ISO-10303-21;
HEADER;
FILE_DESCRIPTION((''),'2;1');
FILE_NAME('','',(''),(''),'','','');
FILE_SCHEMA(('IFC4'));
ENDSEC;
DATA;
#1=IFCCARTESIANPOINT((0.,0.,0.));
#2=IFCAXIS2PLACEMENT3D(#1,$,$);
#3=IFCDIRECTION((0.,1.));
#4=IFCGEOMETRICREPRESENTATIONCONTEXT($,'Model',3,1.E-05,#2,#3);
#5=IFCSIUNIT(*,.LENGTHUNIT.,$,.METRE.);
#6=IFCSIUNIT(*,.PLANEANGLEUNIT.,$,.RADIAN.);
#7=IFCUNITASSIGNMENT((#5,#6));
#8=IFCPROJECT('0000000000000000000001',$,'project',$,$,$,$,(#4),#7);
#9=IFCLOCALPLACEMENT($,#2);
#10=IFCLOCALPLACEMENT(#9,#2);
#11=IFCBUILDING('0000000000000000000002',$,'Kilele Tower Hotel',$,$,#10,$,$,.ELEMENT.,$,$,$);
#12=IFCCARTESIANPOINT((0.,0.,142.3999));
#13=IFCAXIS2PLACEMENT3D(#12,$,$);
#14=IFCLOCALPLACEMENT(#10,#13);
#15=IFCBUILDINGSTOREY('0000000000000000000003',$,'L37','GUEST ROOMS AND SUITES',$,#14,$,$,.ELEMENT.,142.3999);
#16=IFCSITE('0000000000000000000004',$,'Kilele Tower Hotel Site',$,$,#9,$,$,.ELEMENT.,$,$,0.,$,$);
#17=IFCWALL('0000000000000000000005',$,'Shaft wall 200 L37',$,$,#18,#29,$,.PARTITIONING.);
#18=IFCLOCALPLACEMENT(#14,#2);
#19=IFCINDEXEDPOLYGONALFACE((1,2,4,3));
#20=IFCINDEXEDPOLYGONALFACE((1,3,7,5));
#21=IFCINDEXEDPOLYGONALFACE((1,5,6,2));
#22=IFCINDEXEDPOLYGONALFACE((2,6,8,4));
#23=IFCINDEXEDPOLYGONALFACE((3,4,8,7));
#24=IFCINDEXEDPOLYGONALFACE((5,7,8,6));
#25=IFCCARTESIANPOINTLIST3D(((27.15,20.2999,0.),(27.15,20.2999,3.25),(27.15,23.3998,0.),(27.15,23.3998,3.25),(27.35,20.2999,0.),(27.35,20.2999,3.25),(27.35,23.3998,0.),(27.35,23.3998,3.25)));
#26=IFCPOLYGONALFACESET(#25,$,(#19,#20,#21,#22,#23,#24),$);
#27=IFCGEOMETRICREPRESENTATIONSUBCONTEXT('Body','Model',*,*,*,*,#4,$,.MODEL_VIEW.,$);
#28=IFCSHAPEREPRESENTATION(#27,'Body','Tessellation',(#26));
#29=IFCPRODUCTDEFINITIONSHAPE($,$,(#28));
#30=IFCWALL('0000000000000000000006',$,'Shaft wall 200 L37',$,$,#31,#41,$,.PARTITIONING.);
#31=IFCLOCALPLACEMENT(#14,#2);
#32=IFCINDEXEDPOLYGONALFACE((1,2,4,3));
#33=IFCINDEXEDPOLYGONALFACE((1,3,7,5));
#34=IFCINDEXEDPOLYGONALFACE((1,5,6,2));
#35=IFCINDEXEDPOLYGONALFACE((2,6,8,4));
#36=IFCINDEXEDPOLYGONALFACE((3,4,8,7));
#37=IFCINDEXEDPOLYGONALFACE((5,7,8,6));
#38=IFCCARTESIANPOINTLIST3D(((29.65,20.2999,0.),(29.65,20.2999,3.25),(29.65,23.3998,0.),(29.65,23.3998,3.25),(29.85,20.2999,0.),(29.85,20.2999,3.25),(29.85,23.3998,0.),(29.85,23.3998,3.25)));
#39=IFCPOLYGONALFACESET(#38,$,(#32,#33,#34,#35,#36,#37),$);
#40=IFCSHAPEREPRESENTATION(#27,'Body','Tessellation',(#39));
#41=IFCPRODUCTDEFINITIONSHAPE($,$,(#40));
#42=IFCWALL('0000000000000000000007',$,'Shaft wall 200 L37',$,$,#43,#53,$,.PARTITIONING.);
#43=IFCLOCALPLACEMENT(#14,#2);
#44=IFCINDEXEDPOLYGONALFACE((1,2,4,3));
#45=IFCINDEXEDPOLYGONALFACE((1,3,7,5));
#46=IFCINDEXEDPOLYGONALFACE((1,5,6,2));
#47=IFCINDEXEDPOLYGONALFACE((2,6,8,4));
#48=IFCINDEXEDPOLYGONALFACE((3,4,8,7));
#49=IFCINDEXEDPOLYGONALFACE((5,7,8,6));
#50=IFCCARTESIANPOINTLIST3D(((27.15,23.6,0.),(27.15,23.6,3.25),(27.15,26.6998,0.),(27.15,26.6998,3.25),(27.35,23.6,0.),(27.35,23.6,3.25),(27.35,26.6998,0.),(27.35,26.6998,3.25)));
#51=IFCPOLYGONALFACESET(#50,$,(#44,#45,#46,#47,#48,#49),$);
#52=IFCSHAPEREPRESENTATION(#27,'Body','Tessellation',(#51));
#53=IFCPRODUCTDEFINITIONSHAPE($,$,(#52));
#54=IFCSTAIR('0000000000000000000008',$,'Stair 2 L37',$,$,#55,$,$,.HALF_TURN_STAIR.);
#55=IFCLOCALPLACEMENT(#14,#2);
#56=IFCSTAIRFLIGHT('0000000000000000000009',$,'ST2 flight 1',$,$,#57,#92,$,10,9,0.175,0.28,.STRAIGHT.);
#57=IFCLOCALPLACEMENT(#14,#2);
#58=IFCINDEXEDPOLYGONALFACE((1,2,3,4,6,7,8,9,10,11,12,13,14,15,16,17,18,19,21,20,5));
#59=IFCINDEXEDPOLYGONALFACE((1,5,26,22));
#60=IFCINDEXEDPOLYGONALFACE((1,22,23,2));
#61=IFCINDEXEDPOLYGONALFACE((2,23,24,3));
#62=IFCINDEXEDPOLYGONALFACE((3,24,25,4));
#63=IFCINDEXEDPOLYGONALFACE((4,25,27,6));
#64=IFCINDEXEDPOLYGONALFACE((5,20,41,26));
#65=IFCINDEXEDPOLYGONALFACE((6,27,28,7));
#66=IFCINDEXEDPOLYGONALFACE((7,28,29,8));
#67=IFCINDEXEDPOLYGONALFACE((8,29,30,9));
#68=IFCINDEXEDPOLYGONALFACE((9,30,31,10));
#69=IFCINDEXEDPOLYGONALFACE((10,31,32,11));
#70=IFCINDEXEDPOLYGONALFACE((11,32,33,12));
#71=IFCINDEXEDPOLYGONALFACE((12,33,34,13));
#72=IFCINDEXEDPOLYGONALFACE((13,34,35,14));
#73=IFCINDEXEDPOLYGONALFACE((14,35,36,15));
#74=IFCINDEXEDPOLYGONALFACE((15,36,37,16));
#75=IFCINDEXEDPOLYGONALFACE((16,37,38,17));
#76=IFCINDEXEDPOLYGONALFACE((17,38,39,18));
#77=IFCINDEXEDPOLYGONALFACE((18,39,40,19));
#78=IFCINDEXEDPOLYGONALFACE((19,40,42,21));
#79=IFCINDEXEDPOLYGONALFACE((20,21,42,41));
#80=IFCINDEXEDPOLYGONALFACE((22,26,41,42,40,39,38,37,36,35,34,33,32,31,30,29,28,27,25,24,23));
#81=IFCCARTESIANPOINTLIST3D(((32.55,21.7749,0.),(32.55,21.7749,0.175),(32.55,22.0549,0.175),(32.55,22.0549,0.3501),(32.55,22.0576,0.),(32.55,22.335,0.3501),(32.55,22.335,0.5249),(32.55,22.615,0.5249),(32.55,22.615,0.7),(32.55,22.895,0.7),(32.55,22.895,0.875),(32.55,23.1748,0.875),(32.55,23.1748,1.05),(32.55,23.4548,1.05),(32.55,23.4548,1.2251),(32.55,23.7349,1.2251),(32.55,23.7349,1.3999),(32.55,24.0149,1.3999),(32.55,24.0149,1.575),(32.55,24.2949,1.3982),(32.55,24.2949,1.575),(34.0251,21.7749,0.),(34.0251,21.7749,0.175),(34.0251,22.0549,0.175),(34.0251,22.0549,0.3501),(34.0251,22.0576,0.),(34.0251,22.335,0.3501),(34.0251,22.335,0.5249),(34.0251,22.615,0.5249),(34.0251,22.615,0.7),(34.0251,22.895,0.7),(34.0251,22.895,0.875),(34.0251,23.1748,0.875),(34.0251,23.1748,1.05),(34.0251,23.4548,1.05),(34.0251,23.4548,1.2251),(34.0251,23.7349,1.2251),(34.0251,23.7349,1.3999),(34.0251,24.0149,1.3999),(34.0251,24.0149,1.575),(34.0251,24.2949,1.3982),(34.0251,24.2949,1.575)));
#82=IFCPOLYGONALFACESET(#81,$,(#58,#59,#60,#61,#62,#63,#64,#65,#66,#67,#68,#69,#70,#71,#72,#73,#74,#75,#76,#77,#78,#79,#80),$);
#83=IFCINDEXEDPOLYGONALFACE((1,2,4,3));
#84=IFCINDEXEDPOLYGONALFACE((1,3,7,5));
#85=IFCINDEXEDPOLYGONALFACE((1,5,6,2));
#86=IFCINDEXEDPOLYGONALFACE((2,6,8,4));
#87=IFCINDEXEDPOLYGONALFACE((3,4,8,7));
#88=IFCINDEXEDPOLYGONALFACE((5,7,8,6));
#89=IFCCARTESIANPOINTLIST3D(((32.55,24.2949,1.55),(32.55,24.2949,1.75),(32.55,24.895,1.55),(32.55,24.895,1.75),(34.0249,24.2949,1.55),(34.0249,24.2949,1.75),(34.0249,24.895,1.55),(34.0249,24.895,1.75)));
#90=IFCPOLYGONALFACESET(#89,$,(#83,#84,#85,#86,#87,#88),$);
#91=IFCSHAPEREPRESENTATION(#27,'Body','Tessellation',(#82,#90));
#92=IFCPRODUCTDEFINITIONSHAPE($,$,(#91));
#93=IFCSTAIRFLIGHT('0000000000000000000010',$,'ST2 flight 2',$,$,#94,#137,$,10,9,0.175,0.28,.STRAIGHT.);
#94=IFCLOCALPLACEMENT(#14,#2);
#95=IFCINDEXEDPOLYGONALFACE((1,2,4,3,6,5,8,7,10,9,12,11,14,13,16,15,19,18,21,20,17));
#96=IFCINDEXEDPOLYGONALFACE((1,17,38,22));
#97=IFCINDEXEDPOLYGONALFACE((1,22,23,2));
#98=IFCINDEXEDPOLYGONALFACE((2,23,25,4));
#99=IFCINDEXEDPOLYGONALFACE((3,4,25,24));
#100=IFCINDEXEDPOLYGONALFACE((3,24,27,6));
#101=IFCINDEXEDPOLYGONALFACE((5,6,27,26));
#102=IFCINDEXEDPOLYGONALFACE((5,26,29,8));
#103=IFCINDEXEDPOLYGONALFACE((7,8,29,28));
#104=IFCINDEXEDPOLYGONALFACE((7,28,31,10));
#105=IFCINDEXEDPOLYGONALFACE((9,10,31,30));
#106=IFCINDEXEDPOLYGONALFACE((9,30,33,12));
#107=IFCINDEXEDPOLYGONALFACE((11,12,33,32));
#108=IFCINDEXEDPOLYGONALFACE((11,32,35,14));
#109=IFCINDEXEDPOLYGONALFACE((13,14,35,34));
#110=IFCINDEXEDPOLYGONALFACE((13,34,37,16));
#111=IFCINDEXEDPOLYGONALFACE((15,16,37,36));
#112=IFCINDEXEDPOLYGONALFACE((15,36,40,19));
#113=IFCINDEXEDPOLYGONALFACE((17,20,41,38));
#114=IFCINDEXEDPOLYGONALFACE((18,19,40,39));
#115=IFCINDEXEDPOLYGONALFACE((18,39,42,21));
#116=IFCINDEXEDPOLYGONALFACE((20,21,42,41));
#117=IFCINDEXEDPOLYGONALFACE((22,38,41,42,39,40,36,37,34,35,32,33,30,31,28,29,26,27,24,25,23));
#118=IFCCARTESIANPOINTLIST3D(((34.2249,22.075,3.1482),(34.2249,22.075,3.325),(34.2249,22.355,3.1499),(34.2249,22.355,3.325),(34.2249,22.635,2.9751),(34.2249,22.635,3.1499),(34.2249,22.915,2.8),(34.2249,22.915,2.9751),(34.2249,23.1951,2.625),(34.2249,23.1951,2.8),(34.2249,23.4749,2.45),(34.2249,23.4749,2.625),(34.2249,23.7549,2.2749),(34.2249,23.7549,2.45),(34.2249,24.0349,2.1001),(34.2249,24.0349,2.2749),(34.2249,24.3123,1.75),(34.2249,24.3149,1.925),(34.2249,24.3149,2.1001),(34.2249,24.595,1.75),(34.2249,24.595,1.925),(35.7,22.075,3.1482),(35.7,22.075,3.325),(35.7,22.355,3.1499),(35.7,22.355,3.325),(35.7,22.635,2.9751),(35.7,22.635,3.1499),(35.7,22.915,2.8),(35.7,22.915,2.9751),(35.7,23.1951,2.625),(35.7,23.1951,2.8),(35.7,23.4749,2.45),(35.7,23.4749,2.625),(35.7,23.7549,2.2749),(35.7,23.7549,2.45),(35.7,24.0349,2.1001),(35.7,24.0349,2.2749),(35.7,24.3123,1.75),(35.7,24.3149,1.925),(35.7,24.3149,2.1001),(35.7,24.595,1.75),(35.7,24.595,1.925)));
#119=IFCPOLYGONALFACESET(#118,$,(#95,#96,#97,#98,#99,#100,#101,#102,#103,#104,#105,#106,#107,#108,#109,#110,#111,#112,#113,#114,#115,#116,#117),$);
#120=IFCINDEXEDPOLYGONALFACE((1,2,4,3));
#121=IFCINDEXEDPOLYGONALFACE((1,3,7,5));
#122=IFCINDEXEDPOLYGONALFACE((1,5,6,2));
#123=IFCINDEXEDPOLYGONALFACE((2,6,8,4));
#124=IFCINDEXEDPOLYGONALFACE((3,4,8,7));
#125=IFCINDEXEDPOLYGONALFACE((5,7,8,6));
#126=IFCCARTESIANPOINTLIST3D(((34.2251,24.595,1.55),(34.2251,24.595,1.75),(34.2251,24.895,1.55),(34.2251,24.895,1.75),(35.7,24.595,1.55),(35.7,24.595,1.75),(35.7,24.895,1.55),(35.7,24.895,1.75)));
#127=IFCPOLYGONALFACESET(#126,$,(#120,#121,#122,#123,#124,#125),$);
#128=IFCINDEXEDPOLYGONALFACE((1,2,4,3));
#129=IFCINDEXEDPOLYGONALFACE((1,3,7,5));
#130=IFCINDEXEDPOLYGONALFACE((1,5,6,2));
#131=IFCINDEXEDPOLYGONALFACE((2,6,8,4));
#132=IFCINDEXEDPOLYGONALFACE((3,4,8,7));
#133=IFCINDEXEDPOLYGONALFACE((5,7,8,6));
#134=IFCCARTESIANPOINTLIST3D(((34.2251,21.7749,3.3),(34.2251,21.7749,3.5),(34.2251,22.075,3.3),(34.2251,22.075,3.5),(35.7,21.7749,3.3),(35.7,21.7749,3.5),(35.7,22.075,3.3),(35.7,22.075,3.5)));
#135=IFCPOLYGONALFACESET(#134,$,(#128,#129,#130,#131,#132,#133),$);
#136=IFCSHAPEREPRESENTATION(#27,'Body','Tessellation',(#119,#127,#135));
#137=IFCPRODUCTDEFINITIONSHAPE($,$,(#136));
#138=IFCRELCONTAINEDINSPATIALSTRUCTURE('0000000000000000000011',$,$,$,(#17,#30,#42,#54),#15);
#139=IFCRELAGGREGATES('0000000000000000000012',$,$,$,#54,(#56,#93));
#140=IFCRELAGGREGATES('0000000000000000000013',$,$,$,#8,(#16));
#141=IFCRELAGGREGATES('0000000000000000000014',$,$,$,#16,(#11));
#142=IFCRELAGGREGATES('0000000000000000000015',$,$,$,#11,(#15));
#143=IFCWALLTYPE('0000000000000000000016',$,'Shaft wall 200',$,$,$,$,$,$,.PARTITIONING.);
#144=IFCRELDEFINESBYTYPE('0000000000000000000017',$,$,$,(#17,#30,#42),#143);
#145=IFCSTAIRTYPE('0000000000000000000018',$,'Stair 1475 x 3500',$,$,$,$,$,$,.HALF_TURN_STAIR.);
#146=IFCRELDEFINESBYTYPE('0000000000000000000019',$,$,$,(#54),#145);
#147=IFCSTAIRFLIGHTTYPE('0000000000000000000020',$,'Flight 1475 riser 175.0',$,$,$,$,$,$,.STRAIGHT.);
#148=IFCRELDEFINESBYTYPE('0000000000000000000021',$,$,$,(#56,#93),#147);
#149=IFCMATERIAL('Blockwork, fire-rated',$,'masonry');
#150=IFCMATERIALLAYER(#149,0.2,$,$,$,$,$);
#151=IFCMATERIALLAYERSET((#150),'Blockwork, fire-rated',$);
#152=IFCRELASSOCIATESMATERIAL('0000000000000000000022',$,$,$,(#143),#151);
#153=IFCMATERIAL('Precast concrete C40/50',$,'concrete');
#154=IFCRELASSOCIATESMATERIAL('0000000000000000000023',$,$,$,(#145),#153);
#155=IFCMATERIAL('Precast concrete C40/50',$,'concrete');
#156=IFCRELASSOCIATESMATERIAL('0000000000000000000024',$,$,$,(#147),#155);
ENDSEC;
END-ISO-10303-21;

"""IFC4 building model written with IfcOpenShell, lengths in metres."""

from ifc_helpers import new_model, si_unit, direction, frame, frame_2d, origin, place, context, subcontext, project, spatial, polyline, rectangle, outline, extrude, material, layer, layer_set, type_object, element, aggregate, save


model = new_model("IFC4")

# Units and contexts
model_context = context("Model", 3, precision=1e-05, world=origin(), true_north=direction((0.0, 1.0)))
body_context = subcontext(model_context, "Body", "Model", "MODEL_VIEW")
ifc_project = project(units=[si_unit("LENGTHUNIT", "METRE"), si_unit("PLANEANGLEUNIT", "RADIAN")], contexts=[model_context])

# Site, building, storey
site_placement = place(None, origin())
site = spatial("IfcSite", under=ifc_project, at=site_placement, Name="Kilele Tower Hotel Site", CompositionType="ELEMENT", RefElevation=0.0)
building_placement = place(site_placement, origin())
building = spatial("IfcBuilding", under=site, at=building_placement, Name="Kilele Tower Hotel", CompositionType="ELEMENT")
storey_placement = place(building_placement, frame((0.0, 0.0, 142.3999)))
storey = spatial("IfcBuildingStorey", under=building, at=storey_placement, Name="L37", Description="GUEST ROOMS AND SUITES", CompositionType="ELEMENT", Elevation=142.3999)

# Walls
ifc_material_1 = material(Name="Blockwork, fire-rated", Category="masonry")
ifc_layer_1 = layer(ifc_material_1, 0.2)
ifc_layer_set_1 = layer_set([ifc_layer_1], Name="Blockwork, fire-rated")
wall_type_1 = type_object("IfcWallType", Name="Shaft wall 200", PredefinedType="PARTITIONING", material=ifc_layer_set_1)
for number, where, z_axis, x_axis, name in (
    (1, (27.25, 20.3, 0.0), (0.0, 0.0, 1.0), (0.0, 1.0, 0.0), "Shaft wall 200 L37"),
    (2, (29.75, 20.3, 0.0), (0.0, 0.0, 1.0), (0.0, 1.0, 0.0), "Shaft wall 200 L37"),
    (3, (27.25, 23.6001, 0.0), (0.0, 0.0, 1.0), (0.0, 1.0, 0.0), "Shaft wall 200 L37"),
):
    element("IfcWall", number, at=place(storey_placement, frame(where, z_axis=z_axis, x_axis=x_axis)), inside=storey, type_object=wall_type_1, Name=name, PredefinedType="PARTITIONING", context=body_context, shape_type="SweptSolid", body=[
        extrude(rectangle(XDim=3.0999, YDim=0.2, at=frame_2d((1.5498, 0.0))), origin(), (0.0, 0.0, 1.0), 3.25),
    ])

# Stair, stair flights
ifc_material_2 = material(Name="Precast concrete C40/50", Category="concrete")
stair_type = type_object("IfcStairType", Name="Stair 1475 x 3500", PredefinedType="HALF_TURN_STAIR", material=ifc_material_2)
stair_placement = place(storey_placement, origin())
stair = element("IfcStair", 4, at=stair_placement, inside=storey, type_object=stair_type, Name="Stair 2 L37", PredefinedType="HALF_TURN_STAIR")
ifc_material_3 = material(Name="Precast concrete C40/50", Category="concrete")
stair_flight_type = type_object("IfcStairFlightType", Name="Flight 1475 riser 175.0", PredefinedType="STRAIGHT", material=ifc_material_3)
stair_flight_1_placement = place(storey_placement, frame((33.2876, 21.7749, 0.0), z_axis=(0.0, 0.0, 1.0), x_axis=(0.0, 1.0, 0.0)))
stair_flight_1 = element("IfcStairFlight", 5, at=stair_flight_1_placement, type_object=stair_flight_type, Name="ST2 flight 1", NumberOfRisers=10, NumberOfTreads=9, PredefinedType="STRAIGHT", RiserHeight=0.175, TreadLength=0.28, context=body_context, shape_type="SweptSolid", body=[
    extrude(outline(polyline([(0.0, 0.0), (0.0, 0.175), (0.28, 0.175), (0.28, 0.3501), (0.5601, 0.3501), (0.5601, 0.5249), (0.8401, 0.5249), (0.8401, 0.7), (1.1201, 0.7), (1.1201, 0.875), (1.3999, 0.875), (1.3999, 1.05), (1.6799, 1.05), (1.6799, 1.2251), (1.96, 1.2251), (1.96, 1.3999), (2.24, 1.3999), (2.24, 1.575), (2.52, 1.575), (2.52, 1.75), (2.52, 1.3982), (0.2827, 0.0), (0.0, 0.0)])), frame((0.0, 0.7375, 0.0), z_axis=(0.0, -1.0, 0.0), x_axis=(1.0, 0.0, 0.0)), (0.0, 0.0, 1.0), 1.4751),
    extrude(outline(polyline([(2.52, 0.7375), (2.52, -0.7373), (3.1201, -0.7373), (3.1201, 0.7375), (2.52, 0.7375)])), frame((0.0, 0.0, 1.55)), (0.0, 0.0, 1.0), 0.2),
])
stair_flight_2_placement = place(storey_placement, frame((34.9624, 24.595, 1.75), z_axis=(0.0, 0.0, 1.0), x_axis=(0.0, -1.0, 0.0)))
stair_flight_2 = element("IfcStairFlight", 6, at=stair_flight_2_placement, type_object=stair_flight_type, Name="ST2 flight 2", NumberOfRisers=10, NumberOfTreads=9, PredefinedType="STRAIGHT", RiserHeight=0.175, TreadLength=0.28, context=body_context, shape_type="SweptSolid", body=[
    extrude(outline(polyline([(0.0, 0.0), (0.0, 0.175), (0.28, 0.175), (0.28, 0.3501), (0.5601, 0.3501), (0.5601, 0.5249), (0.8401, 0.5249), (0.8401, 0.7), (1.1201, 0.7), (1.1201, 0.875), (1.3999, 0.875), (1.3999, 1.05), (1.6799, 1.05), (1.6799, 1.2251), (1.96, 1.2251), (1.96, 1.3999), (2.24, 1.3999), (2.24, 1.575), (2.52, 1.575), (2.52, 1.75), (2.52, 1.3982), (0.2827, 0.0), (0.0, 0.0)])), frame((0.0, 0.7375, 0.0), z_axis=(0.0, -1.0, 0.0), x_axis=(1.0, 0.0, 0.0)), (0.0, 0.0, 1.0), 1.4751),
    extrude(outline(polyline([(0.0, -0.7373), (0.0, 0.7375), (-0.3, 0.7375), (-0.3, -0.7373), (0.0, -0.7373)])), frame((0.0, 0.0, -0.2)), (0.0, 0.0, 1.0), 0.2),
    extrude(outline(polyline([(2.8201, -0.7373), (2.8201, 0.7375), (2.52, 0.7375), (2.52, -0.7373), (2.8201, -0.7373)])), frame((0.0, 0.0, 1.55)), (0.0, 0.0, 1.0), 0.2),
])
aggregate(stair, [stair_flight_1, stair_flight_2])

save(model, "model.ifc")
